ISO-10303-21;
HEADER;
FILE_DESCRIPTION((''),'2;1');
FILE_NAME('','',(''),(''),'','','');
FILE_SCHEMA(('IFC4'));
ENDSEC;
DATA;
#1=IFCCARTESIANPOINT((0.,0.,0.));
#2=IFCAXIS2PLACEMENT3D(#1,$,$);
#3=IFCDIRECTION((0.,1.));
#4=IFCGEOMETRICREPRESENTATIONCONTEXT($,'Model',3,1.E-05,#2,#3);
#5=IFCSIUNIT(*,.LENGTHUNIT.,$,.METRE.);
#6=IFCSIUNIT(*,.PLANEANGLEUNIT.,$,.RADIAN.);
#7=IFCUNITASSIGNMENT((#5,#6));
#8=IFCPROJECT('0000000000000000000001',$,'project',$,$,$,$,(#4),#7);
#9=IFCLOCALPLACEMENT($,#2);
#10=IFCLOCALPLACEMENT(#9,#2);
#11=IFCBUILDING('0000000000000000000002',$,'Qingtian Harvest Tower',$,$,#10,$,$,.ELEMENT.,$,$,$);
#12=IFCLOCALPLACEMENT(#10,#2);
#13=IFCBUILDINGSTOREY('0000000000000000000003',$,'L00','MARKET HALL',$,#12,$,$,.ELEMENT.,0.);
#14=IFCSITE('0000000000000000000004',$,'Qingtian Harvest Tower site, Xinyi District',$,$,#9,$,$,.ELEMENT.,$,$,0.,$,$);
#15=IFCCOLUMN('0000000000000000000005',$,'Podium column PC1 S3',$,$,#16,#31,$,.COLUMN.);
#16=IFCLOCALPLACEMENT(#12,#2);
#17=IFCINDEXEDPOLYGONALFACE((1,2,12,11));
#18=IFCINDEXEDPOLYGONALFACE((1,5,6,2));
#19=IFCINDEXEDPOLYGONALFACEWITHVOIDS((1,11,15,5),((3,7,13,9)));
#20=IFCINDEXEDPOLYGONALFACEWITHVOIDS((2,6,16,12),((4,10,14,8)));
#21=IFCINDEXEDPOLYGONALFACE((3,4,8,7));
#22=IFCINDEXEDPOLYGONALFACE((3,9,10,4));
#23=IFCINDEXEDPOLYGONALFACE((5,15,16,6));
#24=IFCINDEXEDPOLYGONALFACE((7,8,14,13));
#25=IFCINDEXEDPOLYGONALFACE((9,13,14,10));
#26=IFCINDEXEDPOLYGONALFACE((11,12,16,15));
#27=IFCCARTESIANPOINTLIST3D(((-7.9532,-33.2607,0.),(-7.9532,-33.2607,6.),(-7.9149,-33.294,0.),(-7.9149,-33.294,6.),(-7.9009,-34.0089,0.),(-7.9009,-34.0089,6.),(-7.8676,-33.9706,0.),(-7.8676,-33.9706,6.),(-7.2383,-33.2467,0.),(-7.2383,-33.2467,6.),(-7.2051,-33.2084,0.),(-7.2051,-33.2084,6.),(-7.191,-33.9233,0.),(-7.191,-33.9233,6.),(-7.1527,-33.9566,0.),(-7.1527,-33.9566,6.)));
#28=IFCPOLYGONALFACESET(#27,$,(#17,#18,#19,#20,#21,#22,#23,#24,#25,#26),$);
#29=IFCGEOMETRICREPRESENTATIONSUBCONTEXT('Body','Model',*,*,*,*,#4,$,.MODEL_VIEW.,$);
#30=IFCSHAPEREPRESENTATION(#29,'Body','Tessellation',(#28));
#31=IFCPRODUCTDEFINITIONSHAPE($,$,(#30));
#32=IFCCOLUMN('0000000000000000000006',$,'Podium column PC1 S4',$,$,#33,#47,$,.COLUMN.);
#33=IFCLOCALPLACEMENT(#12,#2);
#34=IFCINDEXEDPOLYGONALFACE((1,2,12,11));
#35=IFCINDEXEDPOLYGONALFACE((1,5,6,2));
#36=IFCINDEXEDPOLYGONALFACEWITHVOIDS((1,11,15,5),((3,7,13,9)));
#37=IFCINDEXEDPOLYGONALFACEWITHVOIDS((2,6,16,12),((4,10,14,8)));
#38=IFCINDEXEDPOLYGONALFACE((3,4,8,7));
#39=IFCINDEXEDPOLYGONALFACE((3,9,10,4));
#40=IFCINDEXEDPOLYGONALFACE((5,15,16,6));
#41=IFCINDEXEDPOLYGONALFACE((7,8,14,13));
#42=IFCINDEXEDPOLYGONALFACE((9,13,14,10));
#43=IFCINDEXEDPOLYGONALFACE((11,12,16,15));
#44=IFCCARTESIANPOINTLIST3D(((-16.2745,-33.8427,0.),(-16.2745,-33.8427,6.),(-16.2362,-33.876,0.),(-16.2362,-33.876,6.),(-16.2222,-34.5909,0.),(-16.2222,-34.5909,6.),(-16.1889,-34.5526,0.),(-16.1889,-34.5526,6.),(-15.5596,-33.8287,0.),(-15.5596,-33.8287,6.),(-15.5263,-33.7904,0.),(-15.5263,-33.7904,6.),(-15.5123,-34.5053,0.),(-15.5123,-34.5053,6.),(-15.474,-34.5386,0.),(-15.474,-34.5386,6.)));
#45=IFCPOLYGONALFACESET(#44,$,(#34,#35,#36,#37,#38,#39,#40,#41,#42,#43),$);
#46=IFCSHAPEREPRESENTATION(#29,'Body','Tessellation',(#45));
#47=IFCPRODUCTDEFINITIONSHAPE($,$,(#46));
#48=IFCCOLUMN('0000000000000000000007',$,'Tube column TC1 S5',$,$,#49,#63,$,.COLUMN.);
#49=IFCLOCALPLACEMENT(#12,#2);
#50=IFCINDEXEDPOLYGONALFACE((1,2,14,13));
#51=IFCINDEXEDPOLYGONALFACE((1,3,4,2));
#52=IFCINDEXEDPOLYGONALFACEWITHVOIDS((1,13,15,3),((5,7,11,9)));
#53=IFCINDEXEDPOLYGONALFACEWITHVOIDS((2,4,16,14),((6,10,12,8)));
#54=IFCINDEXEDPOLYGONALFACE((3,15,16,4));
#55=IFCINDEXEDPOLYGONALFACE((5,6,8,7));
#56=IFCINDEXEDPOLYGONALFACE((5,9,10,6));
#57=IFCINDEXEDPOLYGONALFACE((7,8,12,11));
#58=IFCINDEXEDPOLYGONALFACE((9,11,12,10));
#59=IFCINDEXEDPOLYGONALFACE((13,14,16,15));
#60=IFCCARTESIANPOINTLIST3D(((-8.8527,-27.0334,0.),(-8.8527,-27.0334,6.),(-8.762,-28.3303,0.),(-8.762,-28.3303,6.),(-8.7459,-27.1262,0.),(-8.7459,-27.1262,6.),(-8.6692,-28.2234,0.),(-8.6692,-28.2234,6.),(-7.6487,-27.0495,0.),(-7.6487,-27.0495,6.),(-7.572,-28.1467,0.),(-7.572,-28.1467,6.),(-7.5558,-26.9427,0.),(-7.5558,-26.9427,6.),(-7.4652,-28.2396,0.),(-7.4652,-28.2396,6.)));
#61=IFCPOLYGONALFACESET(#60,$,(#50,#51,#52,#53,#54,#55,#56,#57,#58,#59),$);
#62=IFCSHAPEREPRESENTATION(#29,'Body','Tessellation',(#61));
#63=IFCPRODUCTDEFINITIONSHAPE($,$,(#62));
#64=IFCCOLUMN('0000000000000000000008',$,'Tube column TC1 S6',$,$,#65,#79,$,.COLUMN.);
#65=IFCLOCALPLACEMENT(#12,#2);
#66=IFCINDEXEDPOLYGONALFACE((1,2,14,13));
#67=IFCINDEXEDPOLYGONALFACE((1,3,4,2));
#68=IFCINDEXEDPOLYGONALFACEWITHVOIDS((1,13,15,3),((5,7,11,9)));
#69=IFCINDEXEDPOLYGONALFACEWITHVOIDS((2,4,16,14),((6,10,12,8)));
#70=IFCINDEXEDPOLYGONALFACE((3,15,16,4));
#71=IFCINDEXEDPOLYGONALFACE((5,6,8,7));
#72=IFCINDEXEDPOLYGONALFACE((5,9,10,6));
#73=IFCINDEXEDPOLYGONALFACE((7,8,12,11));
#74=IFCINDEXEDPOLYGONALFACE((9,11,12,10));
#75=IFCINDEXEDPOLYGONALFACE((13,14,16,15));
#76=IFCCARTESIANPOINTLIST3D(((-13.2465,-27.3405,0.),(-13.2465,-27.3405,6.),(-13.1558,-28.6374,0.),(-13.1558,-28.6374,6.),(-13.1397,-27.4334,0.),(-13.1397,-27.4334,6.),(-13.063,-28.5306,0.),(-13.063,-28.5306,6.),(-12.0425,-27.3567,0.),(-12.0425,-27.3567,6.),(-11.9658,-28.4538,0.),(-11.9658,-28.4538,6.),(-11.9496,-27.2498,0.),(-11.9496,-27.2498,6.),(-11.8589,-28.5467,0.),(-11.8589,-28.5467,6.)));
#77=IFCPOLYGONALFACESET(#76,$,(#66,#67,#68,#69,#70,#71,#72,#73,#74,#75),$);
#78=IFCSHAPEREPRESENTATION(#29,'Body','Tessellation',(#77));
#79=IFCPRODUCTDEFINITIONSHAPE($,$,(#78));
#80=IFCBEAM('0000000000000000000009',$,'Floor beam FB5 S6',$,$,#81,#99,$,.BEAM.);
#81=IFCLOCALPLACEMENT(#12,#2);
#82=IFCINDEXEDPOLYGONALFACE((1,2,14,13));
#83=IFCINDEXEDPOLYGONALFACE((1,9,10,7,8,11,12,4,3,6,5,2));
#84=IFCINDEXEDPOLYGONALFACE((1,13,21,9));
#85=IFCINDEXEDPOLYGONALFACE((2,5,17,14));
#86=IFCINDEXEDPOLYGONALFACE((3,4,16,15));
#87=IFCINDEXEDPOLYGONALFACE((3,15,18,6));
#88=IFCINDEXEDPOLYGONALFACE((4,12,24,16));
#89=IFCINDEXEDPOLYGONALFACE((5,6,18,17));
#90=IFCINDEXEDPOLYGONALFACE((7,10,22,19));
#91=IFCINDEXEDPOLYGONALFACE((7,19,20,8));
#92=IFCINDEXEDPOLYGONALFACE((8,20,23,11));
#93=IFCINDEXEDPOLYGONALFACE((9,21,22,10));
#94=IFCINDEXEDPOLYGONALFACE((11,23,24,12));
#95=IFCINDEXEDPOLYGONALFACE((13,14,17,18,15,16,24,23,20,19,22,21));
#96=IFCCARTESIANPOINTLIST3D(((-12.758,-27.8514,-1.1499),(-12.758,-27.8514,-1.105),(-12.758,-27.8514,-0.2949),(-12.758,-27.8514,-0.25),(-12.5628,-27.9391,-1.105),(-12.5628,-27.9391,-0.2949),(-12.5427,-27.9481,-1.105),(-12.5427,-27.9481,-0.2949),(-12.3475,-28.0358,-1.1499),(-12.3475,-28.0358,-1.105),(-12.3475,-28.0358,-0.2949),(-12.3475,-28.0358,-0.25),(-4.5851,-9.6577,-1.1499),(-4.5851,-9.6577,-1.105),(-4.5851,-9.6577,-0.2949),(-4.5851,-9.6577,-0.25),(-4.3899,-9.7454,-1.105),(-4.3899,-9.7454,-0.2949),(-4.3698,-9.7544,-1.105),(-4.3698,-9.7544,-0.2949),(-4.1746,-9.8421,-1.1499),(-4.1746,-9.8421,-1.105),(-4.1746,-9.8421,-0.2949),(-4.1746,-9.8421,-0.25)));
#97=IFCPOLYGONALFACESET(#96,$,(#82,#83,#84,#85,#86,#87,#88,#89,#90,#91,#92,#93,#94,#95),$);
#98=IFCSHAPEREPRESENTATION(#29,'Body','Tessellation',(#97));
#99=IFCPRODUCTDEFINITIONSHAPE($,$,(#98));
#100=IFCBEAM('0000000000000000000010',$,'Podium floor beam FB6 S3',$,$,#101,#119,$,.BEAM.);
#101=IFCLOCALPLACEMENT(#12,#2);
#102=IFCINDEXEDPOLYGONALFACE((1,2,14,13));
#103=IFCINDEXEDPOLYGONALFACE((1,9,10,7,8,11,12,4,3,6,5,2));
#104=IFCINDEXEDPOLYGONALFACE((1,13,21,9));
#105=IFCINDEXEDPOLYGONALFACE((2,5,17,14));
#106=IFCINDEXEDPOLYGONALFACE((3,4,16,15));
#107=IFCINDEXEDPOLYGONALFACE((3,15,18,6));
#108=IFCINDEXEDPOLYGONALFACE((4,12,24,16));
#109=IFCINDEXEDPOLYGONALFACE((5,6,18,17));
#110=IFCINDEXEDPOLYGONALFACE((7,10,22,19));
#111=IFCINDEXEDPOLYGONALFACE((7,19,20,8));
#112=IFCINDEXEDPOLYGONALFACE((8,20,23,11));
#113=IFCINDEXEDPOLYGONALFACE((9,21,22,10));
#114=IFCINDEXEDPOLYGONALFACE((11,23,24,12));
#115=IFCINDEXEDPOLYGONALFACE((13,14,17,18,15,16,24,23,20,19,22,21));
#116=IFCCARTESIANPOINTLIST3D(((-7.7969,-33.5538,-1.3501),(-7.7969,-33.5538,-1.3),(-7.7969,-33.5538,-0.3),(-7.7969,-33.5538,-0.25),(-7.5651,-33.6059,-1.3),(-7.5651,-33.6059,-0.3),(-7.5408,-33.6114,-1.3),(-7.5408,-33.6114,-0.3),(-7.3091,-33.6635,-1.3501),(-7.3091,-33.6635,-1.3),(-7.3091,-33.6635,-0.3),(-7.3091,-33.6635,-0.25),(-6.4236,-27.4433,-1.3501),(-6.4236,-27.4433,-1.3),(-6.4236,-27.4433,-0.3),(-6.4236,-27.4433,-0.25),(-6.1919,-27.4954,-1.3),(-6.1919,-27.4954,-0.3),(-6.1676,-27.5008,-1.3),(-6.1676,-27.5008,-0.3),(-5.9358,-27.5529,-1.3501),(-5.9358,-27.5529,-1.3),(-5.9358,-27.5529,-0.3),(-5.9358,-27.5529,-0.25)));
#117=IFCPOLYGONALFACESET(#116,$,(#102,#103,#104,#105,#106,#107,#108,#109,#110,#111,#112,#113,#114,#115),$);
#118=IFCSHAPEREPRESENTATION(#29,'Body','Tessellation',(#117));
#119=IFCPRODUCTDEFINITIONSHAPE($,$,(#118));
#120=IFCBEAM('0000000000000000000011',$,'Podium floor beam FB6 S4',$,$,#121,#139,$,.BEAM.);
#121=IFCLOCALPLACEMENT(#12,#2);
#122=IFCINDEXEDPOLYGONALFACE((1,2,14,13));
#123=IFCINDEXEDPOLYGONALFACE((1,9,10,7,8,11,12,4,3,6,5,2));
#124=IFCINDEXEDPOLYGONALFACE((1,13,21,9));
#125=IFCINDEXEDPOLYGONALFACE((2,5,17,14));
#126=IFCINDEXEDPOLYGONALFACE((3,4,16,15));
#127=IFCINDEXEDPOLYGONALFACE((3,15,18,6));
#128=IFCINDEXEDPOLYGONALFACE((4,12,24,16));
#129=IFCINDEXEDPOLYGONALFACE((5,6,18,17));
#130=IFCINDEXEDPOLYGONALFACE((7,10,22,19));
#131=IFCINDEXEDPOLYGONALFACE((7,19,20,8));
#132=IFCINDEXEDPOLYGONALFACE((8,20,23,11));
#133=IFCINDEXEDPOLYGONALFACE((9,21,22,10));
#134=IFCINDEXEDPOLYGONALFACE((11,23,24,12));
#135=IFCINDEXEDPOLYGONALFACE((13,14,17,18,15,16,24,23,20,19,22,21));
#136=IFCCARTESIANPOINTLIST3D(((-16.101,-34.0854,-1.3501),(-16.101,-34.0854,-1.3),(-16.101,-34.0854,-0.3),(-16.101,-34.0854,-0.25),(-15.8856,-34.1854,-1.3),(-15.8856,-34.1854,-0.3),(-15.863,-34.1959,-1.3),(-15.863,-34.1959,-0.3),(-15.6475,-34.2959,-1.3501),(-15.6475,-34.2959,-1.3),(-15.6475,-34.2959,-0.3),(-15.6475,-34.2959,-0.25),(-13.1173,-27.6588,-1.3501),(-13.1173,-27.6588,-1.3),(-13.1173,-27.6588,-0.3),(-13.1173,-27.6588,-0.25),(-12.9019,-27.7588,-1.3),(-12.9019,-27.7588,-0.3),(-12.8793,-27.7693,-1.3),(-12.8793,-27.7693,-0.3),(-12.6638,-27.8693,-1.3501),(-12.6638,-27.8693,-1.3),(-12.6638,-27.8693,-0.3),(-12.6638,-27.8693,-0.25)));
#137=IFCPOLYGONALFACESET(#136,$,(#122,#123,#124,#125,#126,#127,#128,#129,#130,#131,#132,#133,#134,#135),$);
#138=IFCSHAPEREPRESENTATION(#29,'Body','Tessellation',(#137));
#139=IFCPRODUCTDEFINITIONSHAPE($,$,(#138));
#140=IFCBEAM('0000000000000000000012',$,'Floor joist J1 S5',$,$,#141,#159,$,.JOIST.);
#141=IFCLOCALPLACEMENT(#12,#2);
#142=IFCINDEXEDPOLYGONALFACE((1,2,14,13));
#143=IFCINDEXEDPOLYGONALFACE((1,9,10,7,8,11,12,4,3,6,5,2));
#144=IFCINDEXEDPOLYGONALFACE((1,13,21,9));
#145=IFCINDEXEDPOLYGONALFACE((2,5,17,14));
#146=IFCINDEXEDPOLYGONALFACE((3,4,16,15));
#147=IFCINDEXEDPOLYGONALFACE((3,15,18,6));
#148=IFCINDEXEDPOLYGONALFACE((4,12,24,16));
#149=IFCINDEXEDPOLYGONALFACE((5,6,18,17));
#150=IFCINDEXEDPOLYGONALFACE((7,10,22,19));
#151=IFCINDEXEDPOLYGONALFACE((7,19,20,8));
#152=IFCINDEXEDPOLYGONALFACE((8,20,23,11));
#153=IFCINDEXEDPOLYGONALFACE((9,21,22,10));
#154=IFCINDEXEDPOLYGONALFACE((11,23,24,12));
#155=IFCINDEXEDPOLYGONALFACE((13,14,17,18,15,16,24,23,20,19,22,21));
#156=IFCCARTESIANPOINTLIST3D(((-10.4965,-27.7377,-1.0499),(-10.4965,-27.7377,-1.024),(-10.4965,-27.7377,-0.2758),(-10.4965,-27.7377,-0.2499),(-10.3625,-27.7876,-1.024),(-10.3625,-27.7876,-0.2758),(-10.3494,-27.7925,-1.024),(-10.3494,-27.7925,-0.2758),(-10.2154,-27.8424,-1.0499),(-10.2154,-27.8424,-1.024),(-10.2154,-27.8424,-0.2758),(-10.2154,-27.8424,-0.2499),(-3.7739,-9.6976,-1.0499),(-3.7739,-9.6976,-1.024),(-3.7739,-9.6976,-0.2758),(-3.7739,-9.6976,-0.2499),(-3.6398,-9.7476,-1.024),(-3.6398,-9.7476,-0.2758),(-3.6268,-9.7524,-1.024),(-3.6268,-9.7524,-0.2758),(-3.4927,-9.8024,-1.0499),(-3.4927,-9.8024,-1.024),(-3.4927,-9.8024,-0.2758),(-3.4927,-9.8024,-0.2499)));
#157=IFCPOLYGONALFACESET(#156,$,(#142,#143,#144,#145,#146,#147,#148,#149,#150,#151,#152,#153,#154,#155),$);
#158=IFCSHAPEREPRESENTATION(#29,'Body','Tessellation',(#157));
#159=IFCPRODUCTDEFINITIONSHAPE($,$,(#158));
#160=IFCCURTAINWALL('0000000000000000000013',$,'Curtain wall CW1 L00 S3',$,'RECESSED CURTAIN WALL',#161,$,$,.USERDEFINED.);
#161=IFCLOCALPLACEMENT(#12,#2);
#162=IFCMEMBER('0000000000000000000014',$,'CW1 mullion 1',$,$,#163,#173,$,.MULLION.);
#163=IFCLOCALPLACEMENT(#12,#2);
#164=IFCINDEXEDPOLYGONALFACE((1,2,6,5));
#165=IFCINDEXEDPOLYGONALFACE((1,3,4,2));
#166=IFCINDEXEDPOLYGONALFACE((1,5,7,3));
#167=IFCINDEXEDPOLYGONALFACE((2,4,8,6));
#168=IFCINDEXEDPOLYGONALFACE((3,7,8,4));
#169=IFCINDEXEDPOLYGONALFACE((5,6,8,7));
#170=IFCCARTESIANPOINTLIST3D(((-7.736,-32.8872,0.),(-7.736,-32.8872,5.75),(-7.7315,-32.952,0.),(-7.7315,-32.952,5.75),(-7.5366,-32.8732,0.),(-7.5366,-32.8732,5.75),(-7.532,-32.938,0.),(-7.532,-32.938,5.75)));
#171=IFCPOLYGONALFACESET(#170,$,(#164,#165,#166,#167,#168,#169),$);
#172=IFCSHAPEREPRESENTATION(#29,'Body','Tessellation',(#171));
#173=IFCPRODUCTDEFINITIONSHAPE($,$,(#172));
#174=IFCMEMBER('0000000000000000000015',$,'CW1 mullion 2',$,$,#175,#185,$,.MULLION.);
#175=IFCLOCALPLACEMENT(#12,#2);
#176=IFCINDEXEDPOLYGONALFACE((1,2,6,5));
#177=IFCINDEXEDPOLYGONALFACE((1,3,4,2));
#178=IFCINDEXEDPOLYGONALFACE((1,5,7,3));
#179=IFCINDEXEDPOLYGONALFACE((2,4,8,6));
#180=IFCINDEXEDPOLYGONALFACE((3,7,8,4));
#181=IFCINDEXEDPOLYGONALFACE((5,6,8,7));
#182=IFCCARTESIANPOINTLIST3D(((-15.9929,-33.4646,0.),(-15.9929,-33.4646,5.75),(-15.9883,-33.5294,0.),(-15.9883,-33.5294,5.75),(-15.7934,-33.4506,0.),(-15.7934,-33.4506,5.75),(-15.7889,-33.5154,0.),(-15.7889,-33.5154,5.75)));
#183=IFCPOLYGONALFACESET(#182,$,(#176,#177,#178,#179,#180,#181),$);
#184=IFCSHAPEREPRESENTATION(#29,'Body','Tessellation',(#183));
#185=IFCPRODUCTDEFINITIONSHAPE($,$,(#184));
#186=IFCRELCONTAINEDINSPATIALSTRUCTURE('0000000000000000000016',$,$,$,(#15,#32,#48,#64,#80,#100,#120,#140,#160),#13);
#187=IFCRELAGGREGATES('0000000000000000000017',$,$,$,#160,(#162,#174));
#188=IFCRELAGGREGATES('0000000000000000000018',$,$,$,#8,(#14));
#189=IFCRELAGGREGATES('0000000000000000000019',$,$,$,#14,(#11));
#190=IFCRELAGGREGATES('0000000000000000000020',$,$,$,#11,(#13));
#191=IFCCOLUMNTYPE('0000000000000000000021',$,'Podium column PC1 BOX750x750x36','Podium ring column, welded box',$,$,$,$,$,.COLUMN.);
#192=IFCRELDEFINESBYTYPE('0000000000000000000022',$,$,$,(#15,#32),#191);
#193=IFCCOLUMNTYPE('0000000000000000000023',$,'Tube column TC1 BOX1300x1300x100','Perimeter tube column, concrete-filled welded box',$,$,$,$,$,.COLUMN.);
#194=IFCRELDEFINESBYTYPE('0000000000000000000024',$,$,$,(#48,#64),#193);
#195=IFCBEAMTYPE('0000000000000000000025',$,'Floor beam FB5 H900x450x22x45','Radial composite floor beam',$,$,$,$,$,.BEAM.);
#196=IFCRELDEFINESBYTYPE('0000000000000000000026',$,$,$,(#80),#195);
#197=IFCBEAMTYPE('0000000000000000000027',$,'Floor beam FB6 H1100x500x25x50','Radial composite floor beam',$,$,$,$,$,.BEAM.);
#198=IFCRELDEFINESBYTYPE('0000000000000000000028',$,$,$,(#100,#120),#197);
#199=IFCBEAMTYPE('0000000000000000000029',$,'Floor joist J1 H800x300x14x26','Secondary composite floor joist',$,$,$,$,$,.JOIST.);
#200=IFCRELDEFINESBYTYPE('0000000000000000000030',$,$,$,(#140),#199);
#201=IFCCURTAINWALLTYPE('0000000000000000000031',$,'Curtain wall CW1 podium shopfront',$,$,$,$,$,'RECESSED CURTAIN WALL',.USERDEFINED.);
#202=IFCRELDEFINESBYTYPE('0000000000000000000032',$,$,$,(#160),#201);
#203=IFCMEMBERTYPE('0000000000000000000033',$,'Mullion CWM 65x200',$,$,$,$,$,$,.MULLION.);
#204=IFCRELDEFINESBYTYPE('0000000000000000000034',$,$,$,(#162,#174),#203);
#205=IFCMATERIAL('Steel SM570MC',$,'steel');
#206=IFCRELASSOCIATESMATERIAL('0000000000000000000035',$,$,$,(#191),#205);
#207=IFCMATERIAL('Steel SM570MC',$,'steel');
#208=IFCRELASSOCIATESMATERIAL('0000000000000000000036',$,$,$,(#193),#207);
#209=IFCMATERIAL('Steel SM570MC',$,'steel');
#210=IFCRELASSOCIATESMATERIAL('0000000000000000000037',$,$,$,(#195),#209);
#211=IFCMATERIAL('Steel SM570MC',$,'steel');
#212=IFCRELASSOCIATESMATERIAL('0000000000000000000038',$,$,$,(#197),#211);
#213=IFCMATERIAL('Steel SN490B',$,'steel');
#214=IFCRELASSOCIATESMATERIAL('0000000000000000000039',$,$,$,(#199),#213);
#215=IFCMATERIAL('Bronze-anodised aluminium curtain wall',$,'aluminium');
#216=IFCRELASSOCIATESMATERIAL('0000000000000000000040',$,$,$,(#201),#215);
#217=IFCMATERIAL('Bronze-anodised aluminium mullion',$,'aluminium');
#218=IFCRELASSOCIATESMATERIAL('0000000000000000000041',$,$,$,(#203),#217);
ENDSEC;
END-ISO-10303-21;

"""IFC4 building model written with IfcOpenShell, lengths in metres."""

from ifc_helpers import new_model, si_unit, direction, frame, origin, origin_2d, place, context, subcontext, project, spatial, rectangle, hollow_rectangle, i_section, extrude, material, material_profile, profile_set, type_object, element, aggregate, save


model = new_model("IFC4")

# Units and contexts
model_context = context("Model", 3, precision=1e-05, world=origin(), true_north=direction((0.0, 1.0)))
body_context = subcontext(model_context, "Body", "Model", "MODEL_VIEW")
ifc_project = project(units=[si_unit("LENGTHUNIT", "METRE"), si_unit("PLANEANGLEUNIT", "RADIAN")], contexts=[model_context])

# Site, building, storey
site_placement = place(None, origin())
site = spatial("IfcSite", under=ifc_project, at=site_placement, Name="Qingtian Harvest Tower site, Xinyi District", CompositionType="ELEMENT", RefElevation=0.0)
building_placement = place(site_placement, origin())
building = spatial("IfcBuilding", under=site, at=building_placement, Name="Qingtian Harvest Tower", CompositionType="ELEMENT")
storey_placement = place(building_placement, origin())
storey = spatial("IfcBuildingStorey", under=building, at=storey_placement, Name="L00", Description="MARKET HALL", CompositionType="ELEMENT", Elevation=0.0)

# Columns
ifc_material_1 = material(Name="Steel SM570MC", Category="steel")
ifc_material_profile_1 = material_profile(ifc_material_1, hollow_rectangle(XDim=0.75, YDim=0.75, WallThickness=0.0359, at=origin_2d()), Name="BOX750x750x36")
ifc_profile_set_1 = profile_set([ifc_material_profile_1], Name="Steel SM570MC")
column_type_1 = type_object("IfcColumnType", Name="Podium column PC1 BOX750x750x36", Description="Podium ring column, welded box", PredefinedType="COLUMN", material=ifc_profile_set_1)
for number, where, z_axis, x_axis, name in (
    (1, (-7.553, -33.6086, 0.0), (0.0, 0.0, 1.0), (0.997564, 0.069756, 0.0), "Podium column PC1 S3"),
    (2, (-15.8743, -34.1907, 0.0), (0.0, 0.0, 1.0), (0.997564, 0.069756, 0.0), "Podium column PC1 S4"),
):
    element("IfcColumn", number, at=place(storey_placement, frame(where, z_axis=z_axis, x_axis=x_axis)), inside=storey, type_object=column_type_1, Name=name, PredefinedType="COLUMN", context=body_context, shape_type="SweptSolid", body=[
        extrude(hollow_rectangle(XDim=0.75, YDim=0.75, WallThickness=0.0359, at=origin_2d()), origin(), (0.0, 0.0, 1.0), 6.0),
    ])
ifc_material_2 = material(Name="Steel SM570MC", Category="steel")
ifc_material_profile_2 = material_profile(ifc_material_2, hollow_rectangle(XDim=1.3, YDim=1.3, WallThickness=0.1001, at=origin_2d()), Name="BOX1300x1300x100")
ifc_profile_set_2 = profile_set([ifc_material_profile_2], Name="Steel SM570MC")
column_type_2 = type_object("IfcColumnType", Name="Tube column TC1 BOX1300x1300x100", Description="Perimeter tube column, concrete-filled welded box", PredefinedType="COLUMN", material=ifc_profile_set_2)
for number, where, z_axis, x_axis, name in (
    (3, (-8.1589, -27.6365, 0.0), (0.0, 0.0, 1.0), (0.997564, 0.069756, 0.0), "Tube column TC1 S5"),
    (4, (-12.5527, -27.9436, 0.0), (0.0, 0.0, 1.0), (0.997564, 0.069756, 0.0), "Tube column TC1 S6"),
):
    element("IfcColumn", number, at=place(storey_placement, frame(where, z_axis=z_axis, x_axis=x_axis)), inside=storey, type_object=column_type_2, Name=name, PredefinedType="COLUMN", context=body_context, shape_type="SweptSolid", body=[
        extrude(hollow_rectangle(XDim=1.3, YDim=1.3, WallThickness=0.1001, at=origin_2d()), origin(), (0.0, 0.0, 1.0), 6.0),
    ])

# Beams
ifc_material_3 = material(Name="Steel SM570MC", Category="steel")
ifc_material_profile_3 = material_profile(ifc_material_3, i_section(OverallWidth=0.45, OverallDepth=0.8999, WebThickness=0.022, FlangeThickness=0.0449, at=origin_2d()), Name="H900x450x22x45")
ifc_profile_set_3 = profile_set([ifc_material_profile_3], Name="Steel SM570MC")
beam_type_1 = type_object("IfcBeamType", Name="Floor beam FB5 H900x450x22x45", Description="Radial composite floor beam", PredefinedType="BEAM", material=ifc_profile_set_3)
beam_1_placement = place(storey_placement, frame((-12.5527, -27.9436, -0.7), z_axis=(0.40977, 0.912189, 0.0), x_axis=(-0.912189, 0.40977, 0.0)))
element("IfcBeam", 5, at=beam_1_placement, inside=storey, type_object=beam_type_1, Name="Floor beam FB5 S6", PredefinedType="BEAM", context=body_context, shape_type="SweptSolid", body=[
    extrude(i_section(OverallWidth=0.45, OverallDepth=0.8999, WebThickness=0.022, FlangeThickness=0.0449, at=origin_2d()), origin(), (0.0, 0.0, 1.0), 19.9451),
])
ifc_material_4 = material(Name="Steel SM570MC", Category="steel")
ifc_material_profile_4 = material_profile(ifc_material_4, i_section(OverallWidth=0.5, OverallDepth=1.1001, WebThickness=0.0249, FlangeThickness=0.05, at=origin_2d()), Name="H1100x500x25x50")
ifc_profile_set_4 = profile_set([ifc_material_profile_4], Name="Steel SM570MC")
beam_type_2 = type_object("IfcBeamType", Name="Floor beam FB6 H1100x500x25x50", Description="Radial composite floor beam", PredefinedType="BEAM", material=ifc_profile_set_4)
beam_2_placement = place(storey_placement, frame((-7.553, -33.6086, -0.8), z_axis=(0.21927, 0.975664, 0.0), x_axis=(-0.975664, 0.21927, 0.0)))
element("IfcBeam", 6, at=beam_2_placement, inside=storey, type_object=beam_type_2, Name="Podium floor beam FB6 S3", PredefinedType="BEAM", context=body_context, shape_type="SweptSolid", body=[
    extrude(i_section(OverallWidth=0.5, OverallDepth=1.1001, WebThickness=0.0249, FlangeThickness=0.05, at=origin_2d()), origin(), (0.0, 0.0, 1.0), 6.2629),
])
beam_3_placement = place(storey_placement, frame((-15.8743, -34.1907, -0.8), z_axis=(0.4211, 0.907014, 0.0), x_axis=(-0.907014, 0.4211, 0.0)))
element("IfcBeam", 7, at=beam_3_placement, inside=storey, type_object=beam_type_2, Name="Podium floor beam FB6 S4", PredefinedType="BEAM", context=body_context, shape_type="SweptSolid", body=[
    extrude(i_section(OverallWidth=0.5, OverallDepth=1.1001, WebThickness=0.0249, FlangeThickness=0.05, at=origin_2d()), origin(), (0.0, 0.0, 1.0), 7.0854),
])
ifc_material_5 = material(Name="Steel SN490B", Category="steel")
ifc_material_profile_5 = material_profile(ifc_material_5, i_section(OverallWidth=0.3, OverallDepth=0.8, WebThickness=0.0139, FlangeThickness=0.0259, at=origin_2d()), Name="H800x300x14x26")
ifc_profile_set_5 = profile_set([ifc_material_profile_5], Name="Steel SN490B")
beam_type_3 = type_object("IfcBeamType", Name="Floor joist J1 H800x300x14x26", Description="Secondary composite floor joist", PredefinedType="JOIST", material=ifc_profile_set_5)
beam_4_placement = place(storey_placement, frame((-10.356, -27.79, -0.6499), z_axis=(0.349194, 0.937051, 0.0), x_axis=(-0.937051, 0.349194, 0.0)))
element("IfcBeam", 8, at=beam_4_placement, inside=storey, type_object=beam_type_3, Name="Floor joist J1 S5", PredefinedType="JOIST", context=body_context, shape_type="SweptSolid", body=[
    extrude(i_section(OverallWidth=0.3, OverallDepth=0.8, WebThickness=0.0139, FlangeThickness=0.0259, at=origin_2d()), origin(), (0.0, 0.0, 1.0), 19.252),
])

# Curtain wall, members
ifc_material_6 = material(Name="Bronze-anodised aluminium curtain wall", Category="aluminium")
curtain_wall_type = type_object("IfcCurtainWallType", Name="Curtain wall CW1 podium shopfront", ElementType="RECESSED CURTAIN WALL", PredefinedType="USERDEFINED", material=ifc_material_6)
curtain_wall_1_placement = place(storey_placement, origin())
curtain_wall_1 = element("IfcCurtainWall", 9, at=curtain_wall_1_placement, inside=storey, type_object=curtain_wall_type, Name="Curtain wall CW1 L00 S3", ObjectType="RECESSED CURTAIN WALL", PredefinedType="USERDEFINED")
ifc_material_7 = material(Name="Bronze-anodised aluminium mullion", Category="aluminium")
ifc_material_profile_6 = material_profile(ifc_material_7, rectangle(XDim=0.0649, YDim=0.2, at=origin_2d()), Name="AL 65x200")
ifc_profile_set_6 = profile_set([ifc_material_profile_6], Name="Bronze-anodised aluminium mullion")
member_type_1 = type_object("IfcMemberType", Name="Mullion CWM 65x200", PredefinedType="MULLION", material=ifc_profile_set_6)
member_1_placement = place(storey_placement, frame((-7.634, -32.9126, 0.0), z_axis=(0.0, 0.0, 1.0), x_axis=(0.069756, -0.997564, 0.0)))
member_1 = element("IfcMember", 10, at=member_1_placement, type_object=member_type_1, Name="CW1 mullion 1", PredefinedType="MULLION", context=body_context, shape_type="SweptSolid", body=[
    extrude(rectangle(XDim=0.0649, YDim=0.2, at=origin_2d()), origin(), (0.0, 0.0, 1.0), 5.75),
])
member_2_placement = place(storey_placement, frame((-15.8909, -33.49, 0.0), z_axis=(0.0, 0.0, 1.0), x_axis=(0.069756, -0.997564, 0.0)))
member_2 = element("IfcMember", 11, at=member_2_placement, type_object=member_type_1, Name="CW1 mullion 2", PredefinedType="MULLION", context=body_context, shape_type="SweptSolid", body=[
    extrude(rectangle(XDim=0.0649, YDim=0.2, at=origin_2d()), origin(), (0.0, 0.0, 1.0), 5.75),
])

aggregate(curtain_wall_1, [member_1, member_2])

save(model, "model.ifc")
